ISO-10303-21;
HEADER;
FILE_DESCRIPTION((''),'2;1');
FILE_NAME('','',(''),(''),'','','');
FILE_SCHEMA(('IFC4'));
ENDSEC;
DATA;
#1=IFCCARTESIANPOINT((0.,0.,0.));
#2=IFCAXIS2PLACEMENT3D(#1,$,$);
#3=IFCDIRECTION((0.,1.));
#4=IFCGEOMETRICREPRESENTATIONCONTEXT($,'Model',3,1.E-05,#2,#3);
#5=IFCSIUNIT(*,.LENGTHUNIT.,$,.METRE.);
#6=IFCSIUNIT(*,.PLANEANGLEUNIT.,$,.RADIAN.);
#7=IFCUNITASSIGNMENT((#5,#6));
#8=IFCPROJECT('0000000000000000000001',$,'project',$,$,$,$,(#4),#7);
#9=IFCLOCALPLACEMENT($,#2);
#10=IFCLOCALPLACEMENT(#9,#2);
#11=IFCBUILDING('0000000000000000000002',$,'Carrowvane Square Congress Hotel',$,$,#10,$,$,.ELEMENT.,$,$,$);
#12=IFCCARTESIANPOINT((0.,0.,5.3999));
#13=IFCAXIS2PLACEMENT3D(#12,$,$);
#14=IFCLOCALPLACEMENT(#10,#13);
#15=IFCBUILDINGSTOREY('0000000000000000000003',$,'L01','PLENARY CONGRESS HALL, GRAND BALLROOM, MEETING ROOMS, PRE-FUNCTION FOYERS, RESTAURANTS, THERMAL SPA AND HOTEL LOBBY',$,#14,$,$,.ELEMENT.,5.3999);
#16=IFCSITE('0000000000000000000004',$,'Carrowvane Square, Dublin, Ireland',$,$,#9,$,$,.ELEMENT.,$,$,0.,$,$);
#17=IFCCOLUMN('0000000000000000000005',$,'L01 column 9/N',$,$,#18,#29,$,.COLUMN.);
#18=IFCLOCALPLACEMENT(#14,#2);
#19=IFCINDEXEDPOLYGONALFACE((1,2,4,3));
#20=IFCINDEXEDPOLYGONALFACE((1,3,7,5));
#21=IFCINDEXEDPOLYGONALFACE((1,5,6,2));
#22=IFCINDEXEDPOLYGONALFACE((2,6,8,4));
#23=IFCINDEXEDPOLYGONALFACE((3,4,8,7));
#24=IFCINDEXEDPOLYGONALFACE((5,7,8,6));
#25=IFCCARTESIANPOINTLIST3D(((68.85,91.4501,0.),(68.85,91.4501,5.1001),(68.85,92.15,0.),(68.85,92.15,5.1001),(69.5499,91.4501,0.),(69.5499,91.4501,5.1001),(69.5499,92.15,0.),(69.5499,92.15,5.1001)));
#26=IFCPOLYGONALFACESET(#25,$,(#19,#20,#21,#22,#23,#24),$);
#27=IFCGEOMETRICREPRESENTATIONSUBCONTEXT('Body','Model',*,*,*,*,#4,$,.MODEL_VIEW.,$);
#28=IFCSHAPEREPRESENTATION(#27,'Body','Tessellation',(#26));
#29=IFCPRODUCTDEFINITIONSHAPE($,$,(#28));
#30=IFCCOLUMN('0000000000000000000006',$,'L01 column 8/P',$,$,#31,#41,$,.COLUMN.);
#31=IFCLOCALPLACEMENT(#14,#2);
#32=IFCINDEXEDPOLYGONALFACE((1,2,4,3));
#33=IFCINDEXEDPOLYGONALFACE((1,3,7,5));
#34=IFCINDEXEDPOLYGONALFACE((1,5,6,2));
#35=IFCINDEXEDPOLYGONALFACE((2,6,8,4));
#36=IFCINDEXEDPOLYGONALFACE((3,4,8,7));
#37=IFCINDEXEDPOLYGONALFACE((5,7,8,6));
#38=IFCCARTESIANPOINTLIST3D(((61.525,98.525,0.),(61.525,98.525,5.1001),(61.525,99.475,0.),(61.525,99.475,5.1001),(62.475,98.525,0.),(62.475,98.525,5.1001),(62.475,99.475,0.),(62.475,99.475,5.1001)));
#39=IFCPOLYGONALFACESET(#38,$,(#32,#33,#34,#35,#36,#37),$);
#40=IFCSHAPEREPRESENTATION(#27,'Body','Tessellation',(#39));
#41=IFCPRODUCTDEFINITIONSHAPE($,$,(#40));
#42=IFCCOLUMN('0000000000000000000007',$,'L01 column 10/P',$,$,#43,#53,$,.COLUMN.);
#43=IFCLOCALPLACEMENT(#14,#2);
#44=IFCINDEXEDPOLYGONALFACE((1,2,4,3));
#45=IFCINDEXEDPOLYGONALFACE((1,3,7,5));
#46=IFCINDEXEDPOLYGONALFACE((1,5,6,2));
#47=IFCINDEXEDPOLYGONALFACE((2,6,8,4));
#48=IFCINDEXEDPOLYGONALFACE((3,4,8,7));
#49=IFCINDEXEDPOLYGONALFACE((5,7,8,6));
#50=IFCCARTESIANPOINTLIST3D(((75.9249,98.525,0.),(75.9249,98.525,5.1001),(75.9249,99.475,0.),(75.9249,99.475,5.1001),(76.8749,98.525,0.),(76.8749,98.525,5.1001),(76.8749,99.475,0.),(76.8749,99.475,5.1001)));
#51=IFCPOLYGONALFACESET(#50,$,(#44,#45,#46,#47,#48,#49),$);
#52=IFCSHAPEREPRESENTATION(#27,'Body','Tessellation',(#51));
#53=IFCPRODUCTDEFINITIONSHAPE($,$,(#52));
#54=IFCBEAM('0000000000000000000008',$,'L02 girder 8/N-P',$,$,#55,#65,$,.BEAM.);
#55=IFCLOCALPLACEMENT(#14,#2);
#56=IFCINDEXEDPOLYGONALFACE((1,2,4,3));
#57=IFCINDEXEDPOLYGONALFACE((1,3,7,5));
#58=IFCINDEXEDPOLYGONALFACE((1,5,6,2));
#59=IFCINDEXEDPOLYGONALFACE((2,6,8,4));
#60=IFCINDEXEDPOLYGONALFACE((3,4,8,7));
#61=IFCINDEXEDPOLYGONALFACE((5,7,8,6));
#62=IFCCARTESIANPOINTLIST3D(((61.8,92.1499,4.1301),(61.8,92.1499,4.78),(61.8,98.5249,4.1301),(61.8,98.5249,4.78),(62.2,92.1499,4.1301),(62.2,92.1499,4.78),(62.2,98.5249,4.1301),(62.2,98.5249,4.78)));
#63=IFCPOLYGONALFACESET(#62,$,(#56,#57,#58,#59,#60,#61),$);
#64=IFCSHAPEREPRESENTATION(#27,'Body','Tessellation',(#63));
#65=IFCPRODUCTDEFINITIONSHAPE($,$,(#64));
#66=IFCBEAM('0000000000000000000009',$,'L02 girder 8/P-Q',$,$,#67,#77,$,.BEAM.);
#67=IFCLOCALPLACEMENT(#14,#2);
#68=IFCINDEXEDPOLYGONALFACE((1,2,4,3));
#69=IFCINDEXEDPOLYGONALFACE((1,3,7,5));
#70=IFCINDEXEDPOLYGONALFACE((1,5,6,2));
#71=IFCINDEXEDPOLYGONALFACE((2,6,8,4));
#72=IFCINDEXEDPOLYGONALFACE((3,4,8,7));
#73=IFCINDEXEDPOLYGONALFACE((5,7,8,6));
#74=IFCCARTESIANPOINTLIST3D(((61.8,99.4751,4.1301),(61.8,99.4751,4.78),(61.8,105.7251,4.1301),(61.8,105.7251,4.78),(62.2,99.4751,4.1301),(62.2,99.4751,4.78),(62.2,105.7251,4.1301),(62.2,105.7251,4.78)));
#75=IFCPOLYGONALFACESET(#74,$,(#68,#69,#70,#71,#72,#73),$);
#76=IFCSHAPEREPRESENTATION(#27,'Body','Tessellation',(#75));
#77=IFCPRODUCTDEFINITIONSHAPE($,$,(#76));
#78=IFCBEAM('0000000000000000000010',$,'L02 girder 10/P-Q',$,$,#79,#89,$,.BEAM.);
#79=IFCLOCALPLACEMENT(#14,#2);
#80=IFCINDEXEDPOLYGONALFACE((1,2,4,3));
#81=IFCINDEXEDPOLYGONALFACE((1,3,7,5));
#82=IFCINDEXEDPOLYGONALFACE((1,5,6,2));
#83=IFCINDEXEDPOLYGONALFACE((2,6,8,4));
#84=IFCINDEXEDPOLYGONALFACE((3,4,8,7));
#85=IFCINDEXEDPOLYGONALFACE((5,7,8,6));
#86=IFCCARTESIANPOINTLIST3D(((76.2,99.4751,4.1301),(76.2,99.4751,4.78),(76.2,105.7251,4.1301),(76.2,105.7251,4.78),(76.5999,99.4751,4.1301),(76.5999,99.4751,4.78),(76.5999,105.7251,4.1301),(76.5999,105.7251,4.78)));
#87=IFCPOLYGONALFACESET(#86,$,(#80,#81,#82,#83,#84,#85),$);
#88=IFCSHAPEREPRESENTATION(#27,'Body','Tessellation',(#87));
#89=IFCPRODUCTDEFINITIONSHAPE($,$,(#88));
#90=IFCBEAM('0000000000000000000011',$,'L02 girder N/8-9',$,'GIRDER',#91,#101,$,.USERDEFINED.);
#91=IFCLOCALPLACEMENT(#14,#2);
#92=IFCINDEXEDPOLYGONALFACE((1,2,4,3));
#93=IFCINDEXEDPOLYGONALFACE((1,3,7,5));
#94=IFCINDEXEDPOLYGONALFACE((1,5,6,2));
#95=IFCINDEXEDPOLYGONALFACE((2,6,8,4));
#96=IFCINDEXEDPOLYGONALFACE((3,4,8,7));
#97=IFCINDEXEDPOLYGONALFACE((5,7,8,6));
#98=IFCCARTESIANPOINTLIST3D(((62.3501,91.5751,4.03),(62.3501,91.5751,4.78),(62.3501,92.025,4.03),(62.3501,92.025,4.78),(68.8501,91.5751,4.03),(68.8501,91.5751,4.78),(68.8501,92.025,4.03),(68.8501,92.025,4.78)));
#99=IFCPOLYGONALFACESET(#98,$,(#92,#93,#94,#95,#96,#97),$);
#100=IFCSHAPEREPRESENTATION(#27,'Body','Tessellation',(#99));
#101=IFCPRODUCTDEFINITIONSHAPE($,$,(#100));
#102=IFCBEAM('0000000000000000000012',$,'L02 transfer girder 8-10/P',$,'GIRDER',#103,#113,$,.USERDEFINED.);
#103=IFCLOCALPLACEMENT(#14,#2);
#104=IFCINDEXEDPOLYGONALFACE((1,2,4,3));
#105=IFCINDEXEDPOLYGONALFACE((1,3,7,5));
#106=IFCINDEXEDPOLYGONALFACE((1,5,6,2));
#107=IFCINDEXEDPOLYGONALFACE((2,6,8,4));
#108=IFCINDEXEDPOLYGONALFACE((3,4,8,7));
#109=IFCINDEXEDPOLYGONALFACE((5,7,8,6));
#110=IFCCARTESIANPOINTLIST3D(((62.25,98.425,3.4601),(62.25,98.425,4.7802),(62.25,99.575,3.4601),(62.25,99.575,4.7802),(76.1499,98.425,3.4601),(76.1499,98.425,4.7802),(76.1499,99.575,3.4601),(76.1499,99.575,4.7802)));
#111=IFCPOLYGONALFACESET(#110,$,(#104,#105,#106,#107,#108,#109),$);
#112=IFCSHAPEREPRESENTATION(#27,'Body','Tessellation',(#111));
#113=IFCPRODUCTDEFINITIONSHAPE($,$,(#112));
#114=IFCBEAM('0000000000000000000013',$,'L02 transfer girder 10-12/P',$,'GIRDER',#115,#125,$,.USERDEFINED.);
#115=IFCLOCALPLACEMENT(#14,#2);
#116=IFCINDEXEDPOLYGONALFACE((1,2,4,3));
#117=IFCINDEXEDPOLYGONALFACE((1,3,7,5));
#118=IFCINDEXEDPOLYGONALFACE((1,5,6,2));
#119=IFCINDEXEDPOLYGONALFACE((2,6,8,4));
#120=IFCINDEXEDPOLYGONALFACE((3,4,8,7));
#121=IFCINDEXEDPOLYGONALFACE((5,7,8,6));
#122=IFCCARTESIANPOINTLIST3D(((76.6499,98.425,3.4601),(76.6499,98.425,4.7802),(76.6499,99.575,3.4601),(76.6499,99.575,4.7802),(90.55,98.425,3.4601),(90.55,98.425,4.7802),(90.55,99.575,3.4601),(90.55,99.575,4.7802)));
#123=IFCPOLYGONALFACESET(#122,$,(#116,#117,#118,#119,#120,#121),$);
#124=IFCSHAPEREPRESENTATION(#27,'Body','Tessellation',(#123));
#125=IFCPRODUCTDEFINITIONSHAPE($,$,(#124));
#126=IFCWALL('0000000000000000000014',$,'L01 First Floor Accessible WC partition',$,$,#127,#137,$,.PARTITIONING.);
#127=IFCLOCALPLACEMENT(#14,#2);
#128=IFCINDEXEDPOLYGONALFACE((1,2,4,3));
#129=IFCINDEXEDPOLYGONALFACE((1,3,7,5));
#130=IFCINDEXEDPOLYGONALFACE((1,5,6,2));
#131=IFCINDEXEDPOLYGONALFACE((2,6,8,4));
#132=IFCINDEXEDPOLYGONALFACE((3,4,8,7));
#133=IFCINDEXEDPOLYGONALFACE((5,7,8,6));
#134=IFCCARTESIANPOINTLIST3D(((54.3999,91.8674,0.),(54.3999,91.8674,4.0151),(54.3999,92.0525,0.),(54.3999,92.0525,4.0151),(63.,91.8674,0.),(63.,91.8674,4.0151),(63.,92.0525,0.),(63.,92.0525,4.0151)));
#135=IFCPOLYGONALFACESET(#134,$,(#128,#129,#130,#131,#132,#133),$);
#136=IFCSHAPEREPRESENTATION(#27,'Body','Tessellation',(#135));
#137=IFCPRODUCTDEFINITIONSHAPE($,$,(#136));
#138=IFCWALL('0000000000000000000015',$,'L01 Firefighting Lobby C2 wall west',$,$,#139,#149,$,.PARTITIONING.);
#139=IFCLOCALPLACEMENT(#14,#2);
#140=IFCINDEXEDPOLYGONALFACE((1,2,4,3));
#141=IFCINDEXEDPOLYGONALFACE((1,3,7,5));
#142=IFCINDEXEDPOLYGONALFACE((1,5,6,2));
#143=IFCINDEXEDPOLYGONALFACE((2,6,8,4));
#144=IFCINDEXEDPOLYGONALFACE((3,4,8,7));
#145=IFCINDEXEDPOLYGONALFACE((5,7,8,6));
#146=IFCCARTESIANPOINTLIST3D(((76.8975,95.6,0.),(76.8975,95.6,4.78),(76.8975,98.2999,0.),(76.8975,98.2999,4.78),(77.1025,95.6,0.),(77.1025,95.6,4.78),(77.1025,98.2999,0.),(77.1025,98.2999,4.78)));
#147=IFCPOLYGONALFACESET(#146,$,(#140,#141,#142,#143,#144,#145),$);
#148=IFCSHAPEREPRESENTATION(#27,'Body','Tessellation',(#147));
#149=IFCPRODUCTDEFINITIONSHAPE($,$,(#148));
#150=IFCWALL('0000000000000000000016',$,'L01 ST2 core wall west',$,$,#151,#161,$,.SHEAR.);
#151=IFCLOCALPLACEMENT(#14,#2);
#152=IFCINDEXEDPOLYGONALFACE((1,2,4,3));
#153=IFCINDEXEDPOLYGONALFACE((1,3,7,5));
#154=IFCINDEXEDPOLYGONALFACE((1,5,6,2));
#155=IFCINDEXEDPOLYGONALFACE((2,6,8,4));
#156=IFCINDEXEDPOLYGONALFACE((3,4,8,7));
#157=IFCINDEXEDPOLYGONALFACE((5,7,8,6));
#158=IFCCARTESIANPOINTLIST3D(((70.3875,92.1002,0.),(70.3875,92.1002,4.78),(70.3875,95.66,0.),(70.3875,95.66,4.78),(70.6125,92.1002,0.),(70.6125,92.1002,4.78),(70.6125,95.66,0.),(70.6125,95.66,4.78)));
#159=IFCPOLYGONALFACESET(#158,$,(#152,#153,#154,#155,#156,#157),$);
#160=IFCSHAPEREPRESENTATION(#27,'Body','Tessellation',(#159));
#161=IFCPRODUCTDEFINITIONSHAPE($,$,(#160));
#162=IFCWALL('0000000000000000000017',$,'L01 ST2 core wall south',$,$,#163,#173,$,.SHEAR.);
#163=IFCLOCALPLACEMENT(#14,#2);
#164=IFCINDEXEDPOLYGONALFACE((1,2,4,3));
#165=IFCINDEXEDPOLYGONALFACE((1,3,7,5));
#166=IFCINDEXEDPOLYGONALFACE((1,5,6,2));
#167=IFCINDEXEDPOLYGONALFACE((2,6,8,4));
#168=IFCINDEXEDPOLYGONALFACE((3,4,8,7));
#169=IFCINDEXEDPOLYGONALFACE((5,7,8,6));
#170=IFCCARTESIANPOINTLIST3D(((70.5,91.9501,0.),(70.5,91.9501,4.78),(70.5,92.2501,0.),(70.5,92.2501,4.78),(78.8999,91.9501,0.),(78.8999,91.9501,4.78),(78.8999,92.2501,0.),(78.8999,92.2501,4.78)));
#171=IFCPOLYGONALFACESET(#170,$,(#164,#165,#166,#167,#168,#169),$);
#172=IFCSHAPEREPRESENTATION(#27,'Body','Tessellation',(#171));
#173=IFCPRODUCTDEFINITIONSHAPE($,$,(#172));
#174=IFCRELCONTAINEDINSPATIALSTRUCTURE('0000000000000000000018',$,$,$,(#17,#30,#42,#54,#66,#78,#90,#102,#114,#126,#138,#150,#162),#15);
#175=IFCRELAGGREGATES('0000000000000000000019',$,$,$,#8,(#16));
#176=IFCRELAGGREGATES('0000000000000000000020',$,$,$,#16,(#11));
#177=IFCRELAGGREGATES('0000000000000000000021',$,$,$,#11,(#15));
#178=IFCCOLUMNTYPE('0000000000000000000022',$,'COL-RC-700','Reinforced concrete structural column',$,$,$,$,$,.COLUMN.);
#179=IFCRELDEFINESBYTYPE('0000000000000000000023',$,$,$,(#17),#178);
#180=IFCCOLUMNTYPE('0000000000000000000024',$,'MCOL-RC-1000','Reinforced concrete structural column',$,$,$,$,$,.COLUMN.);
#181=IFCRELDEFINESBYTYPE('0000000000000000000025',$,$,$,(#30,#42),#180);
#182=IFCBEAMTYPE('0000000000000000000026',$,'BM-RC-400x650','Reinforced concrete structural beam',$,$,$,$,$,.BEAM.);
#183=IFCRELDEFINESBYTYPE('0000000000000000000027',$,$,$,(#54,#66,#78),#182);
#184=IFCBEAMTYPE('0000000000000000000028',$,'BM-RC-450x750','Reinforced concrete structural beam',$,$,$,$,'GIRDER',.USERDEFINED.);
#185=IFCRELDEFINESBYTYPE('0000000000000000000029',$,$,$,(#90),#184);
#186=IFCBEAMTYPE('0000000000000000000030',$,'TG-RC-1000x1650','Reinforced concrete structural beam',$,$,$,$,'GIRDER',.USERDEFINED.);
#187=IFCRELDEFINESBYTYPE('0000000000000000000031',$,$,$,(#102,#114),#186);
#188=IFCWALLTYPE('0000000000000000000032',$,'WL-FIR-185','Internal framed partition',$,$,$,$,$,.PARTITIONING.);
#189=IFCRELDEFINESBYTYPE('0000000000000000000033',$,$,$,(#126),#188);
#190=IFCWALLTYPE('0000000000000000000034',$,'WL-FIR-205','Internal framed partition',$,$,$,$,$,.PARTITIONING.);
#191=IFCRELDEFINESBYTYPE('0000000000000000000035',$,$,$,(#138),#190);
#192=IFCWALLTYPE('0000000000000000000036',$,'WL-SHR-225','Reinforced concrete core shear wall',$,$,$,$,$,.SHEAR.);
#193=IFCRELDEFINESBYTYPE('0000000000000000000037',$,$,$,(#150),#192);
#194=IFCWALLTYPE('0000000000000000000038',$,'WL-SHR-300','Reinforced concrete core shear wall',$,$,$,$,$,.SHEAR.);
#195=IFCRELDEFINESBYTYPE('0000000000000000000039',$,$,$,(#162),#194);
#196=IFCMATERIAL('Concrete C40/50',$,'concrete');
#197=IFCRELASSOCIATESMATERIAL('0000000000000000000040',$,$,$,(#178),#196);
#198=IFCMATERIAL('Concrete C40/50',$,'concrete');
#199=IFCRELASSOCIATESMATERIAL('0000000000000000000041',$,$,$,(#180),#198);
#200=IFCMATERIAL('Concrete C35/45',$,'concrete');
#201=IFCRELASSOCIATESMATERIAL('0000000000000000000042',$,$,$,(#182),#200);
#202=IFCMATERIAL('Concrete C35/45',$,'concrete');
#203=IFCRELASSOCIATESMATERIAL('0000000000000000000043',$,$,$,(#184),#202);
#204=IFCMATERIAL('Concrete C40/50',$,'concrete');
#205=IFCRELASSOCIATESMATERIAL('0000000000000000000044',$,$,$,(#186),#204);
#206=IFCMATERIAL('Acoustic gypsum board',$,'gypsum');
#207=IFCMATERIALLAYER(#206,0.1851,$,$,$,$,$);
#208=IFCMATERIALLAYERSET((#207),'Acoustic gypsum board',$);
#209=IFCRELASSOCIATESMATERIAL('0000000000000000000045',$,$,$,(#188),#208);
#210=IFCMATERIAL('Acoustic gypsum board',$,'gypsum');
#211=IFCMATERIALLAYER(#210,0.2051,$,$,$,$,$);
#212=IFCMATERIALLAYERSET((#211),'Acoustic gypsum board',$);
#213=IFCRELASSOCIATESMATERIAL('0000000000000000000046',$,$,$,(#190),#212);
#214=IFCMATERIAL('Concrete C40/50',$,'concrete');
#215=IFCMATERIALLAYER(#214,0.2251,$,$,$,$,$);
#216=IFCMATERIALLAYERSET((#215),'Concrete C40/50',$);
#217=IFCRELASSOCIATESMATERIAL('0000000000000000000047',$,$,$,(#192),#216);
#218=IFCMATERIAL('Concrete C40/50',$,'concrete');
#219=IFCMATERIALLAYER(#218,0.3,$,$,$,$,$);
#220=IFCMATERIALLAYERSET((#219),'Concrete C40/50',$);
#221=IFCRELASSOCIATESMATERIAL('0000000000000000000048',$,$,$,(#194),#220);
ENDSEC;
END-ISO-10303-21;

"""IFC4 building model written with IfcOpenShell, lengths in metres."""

from ifc_helpers import new_model, si_unit, direction, frame, frame_2d, origin, origin_2d, place, context, subcontext, project, spatial, rectangle, extrude, material, layer, layer_set, material_profile, profile_set, type_object, element, save


model = new_model("IFC4")

# Units and contexts
model_context = context("Model", 3, precision=1e-05, world=origin(), true_north=direction((0.0, 1.0)))
body_context = subcontext(model_context, "Body", "Model", "MODEL_VIEW")
ifc_project = project(units=[si_unit("LENGTHUNIT", "METRE"), si_unit("PLANEANGLEUNIT", "RADIAN")], contexts=[model_context])

# Site, building, storey
site_placement = place(None, origin())
site = spatial("IfcSite", under=ifc_project, at=site_placement, Name="Carrowvane Square, Dublin, Ireland", CompositionType="ELEMENT", RefElevation=0.0)
building_placement = place(site_placement, origin())
building = spatial("IfcBuilding", under=site, at=building_placement, Name="Carrowvane Square Congress Hotel", CompositionType="ELEMENT")
storey_placement = place(building_placement, frame((0.0, 0.0, 5.3999)))
storey = spatial("IfcBuildingStorey", under=building, at=storey_placement, Name="L01", Description="PLENARY CONGRESS HALL, GRAND BALLROOM, MEETING ROOMS, PRE-FUNCTION FOYERS, RESTAURANTS, THERMAL SPA AND HOTEL LOBBY", CompositionType="ELEMENT", Elevation=5.3999)

# Columns
ifc_material_1 = material(Name="Concrete C40/50", Category="concrete")
ifc_material_profile_1 = material_profile(ifc_material_1, rectangle(XDim=0.7, YDim=0.7, at=origin_2d()), Name="RC 700x700")
ifc_profile_set_1 = profile_set([ifc_material_profile_1], Name="Concrete C40/50")
column_type_1 = type_object("IfcColumnType", Name="COL-RC-700", Description="Reinforced concrete structural column", PredefinedType="COLUMN", material=ifc_profile_set_1)
column_placement = place(storey_placement, frame((69.2, 91.8, 0.0), z_axis=(0.0, 0.0, 1.0), x_axis=(1.0, 0.0, 0.0)))
element("IfcColumn", 1, at=column_placement, inside=storey, type_object=column_type_1, Name="L01 column 9/N", PredefinedType="COLUMN", context=body_context, shape_type="SweptSolid", body=[
    extrude(rectangle(XDim=0.7, YDim=0.7, at=origin_2d()), origin(), (0.0, 0.0, 1.0), 5.1001),
])
ifc_material_2 = material(Name="Concrete C40/50", Category="concrete")
ifc_material_profile_2 = material_profile(ifc_material_2, rectangle(XDim=0.95, YDim=0.95, at=origin_2d()), Name="RC 950x950")
ifc_profile_set_2 = profile_set([ifc_material_profile_2], Name="Concrete C40/50")
column_type_2 = type_object("IfcColumnType", Name="MCOL-RC-1000", Description="Reinforced concrete structural column", PredefinedType="COLUMN", material=ifc_profile_set_2)
for number, where, z_axis, x_axis, name in (
    (2, (62.0, 99.0, 0.0), (0.0, 0.0, 1.0), (1.0, 0.0, 0.0), "L01 column 8/P"),
    (3, (76.3999, 99.0, 0.0), (0.0, 0.0, 1.0), (1.0, 0.0, 0.0), "L01 column 10/P"),
):
    element("IfcColumn", number, at=place(storey_placement, frame(where, z_axis=z_axis, x_axis=x_axis)), inside=storey, type_object=column_type_2, Name=name, PredefinedType="COLUMN", context=body_context, shape_type="SweptSolid", body=[
        extrude(rectangle(XDim=0.95, YDim=0.95, at=origin_2d()), origin(), (0.0, 0.0, 1.0), 5.1001),
    ])

# Beams
ifc_material_3 = material(Name="Concrete C35/45", Category="concrete")
ifc_material_profile_3 = material_profile(ifc_material_3, rectangle(XDim=0.3999, YDim=0.6499, at=origin_2d()), Name="RC 400x650")
ifc_profile_set_3 = profile_set([ifc_material_profile_3], Name="Concrete C35/45")
beam_type_1 = type_object("IfcBeamType", Name="BM-RC-400x650", Description="Reinforced concrete structural beam", PredefinedType="BEAM", material=ifc_profile_set_3)
beam_1_placement = place(storey_placement, frame((62.0, 92.1499, 4.4551), z_axis=(0.0, 1.0, 0.0), x_axis=(-1.0, 0.0, 0.0)))
element("IfcBeam", 4, at=beam_1_placement, inside=storey, type_object=beam_type_1, Name="L02 girder 8/N-P", PredefinedType="BEAM", context=body_context, shape_type="SweptSolid", body=[
    extrude(rectangle(XDim=0.3999, YDim=0.6499, at=origin_2d()), origin(), (0.0, 0.0, 1.0), 6.375),
])
for number, where, z_axis, x_axis, name in (
    (5, (62.0, 99.4751, 4.4551), (0.0, 1.0, 0.0), (-1.0, 0.0, 0.0), "L02 girder 8/P-Q"),
    (6, (76.3999, 99.4751, 4.4551), (0.0, 1.0, 0.0), (-1.0, 0.0, 0.0), "L02 girder 10/P-Q"),
):
    element("IfcBeam", number, at=place(storey_placement, frame(where, z_axis=z_axis, x_axis=x_axis)), inside=storey, type_object=beam_type_1, Name=name, PredefinedType="BEAM", context=body_context, shape_type="SweptSolid", body=[
        extrude(rectangle(XDim=0.3999, YDim=0.6499, at=origin_2d()), origin(), (0.0, 0.0, 1.0), 6.25),
    ])
ifc_material_4 = material(Name="Concrete C35/45", Category="concrete")
ifc_material_profile_4 = material_profile(ifc_material_4, rectangle(XDim=0.45, YDim=0.75, at=origin_2d()), Name="RC 450x750")
ifc_profile_set_4 = profile_set([ifc_material_profile_4], Name="Concrete C35/45")
beam_type_2 = type_object("IfcBeamType", Name="BM-RC-450x750", Description="Reinforced concrete structural beam", ElementType="GIRDER", PredefinedType="USERDEFINED", material=ifc_profile_set_4)
beam_2_placement = place(storey_placement, frame((62.3501, 91.8, 4.405), z_axis=(1.0, 0.0, 0.0), x_axis=(0.0, 1.0, 0.0)))
element("IfcBeam", 7, at=beam_2_placement, inside=storey, type_object=beam_type_2, Name="L02 girder N/8-9", ObjectType="GIRDER", PredefinedType="USERDEFINED", context=body_context, shape_type="SweptSolid", body=[
    extrude(rectangle(XDim=0.45, YDim=0.75, at=origin_2d()), origin(), (0.0, 0.0, 1.0), 6.5),
])
ifc_material_5 = material(Name="Concrete C40/50", Category="concrete")
ifc_material_profile_5 = material_profile(ifc_material_5, rectangle(XDim=1.1499, YDim=1.3201, at=origin_2d()), Name="RC 1150x1320")
ifc_profile_set_5 = profile_set([ifc_material_profile_5], Name="Concrete C40/50")
beam_type_3 = type_object("IfcBeamType", Name="TG-RC-1000x1650", Description="Reinforced concrete structural beam", ElementType="GIRDER", PredefinedType="USERDEFINED", material=ifc_profile_set_5)
beam_3_placement = place(storey_placement, frame((62.25, 99.0, 4.1201), z_axis=(1.0, 0.0, 0.0), x_axis=(0.0, 1.0, 0.0)))
element("IfcBeam", 8, at=beam_3_placement, inside=storey, type_object=beam_type_3, Name="L02 transfer girder 8-10/P", ObjectType="GIRDER", PredefinedType="USERDEFINED", context=body_context, shape_type="SweptSolid", body=[
    extrude(rectangle(XDim=1.1499, YDim=1.3201, at=origin_2d()), origin(), (0.0, 0.0, 1.0), 13.8999),
])
beam_4_placement = place(storey_placement, frame((76.6499, 99.0, 4.1201), z_axis=(1.0, 0.0, 0.0), x_axis=(0.0, 1.0, 0.0)))
element("IfcBeam", 9, at=beam_4_placement, inside=storey, type_object=beam_type_3, Name="L02 transfer girder 10-12/P", ObjectType="GIRDER", PredefinedType="USERDEFINED", context=body_context, shape_type="SweptSolid", body=[
    extrude(rectangle(XDim=1.1499, YDim=1.3201, at=origin_2d()), origin(), (0.0, 0.0, 1.0), 13.9001),
])

# Walls
ifc_material_6 = material(Name="Acoustic gypsum board", Category="gypsum")
ifc_layer_1 = layer(ifc_material_6, 0.1851)
ifc_layer_set_1 = layer_set([ifc_layer_1], Name="Acoustic gypsum board")
wall_type_1 = type_object("IfcWallType", Name="WL-FIR-185", Description="Internal framed partition", PredefinedType="PARTITIONING", material=ifc_layer_set_1)
wall_1_placement = place(storey_placement, frame((63.0, 91.96, 0.0), z_axis=(0.0, 0.0, 1.0), x_axis=(-1.0, 0.0, 0.0)))
element("IfcWall", 10, at=wall_1_placement, inside=storey, type_object=wall_type_1, Name="L01 First Floor Accessible WC partition", PredefinedType="PARTITIONING", context=body_context, shape_type="SweptSolid", body=[
    extrude(rectangle(XDim=8.6001, YDim=0.1851, at=frame_2d((4.3, 0.0))), origin(), (0.0, 0.0, 1.0), 4.0151),
])
ifc_material_7 = material(Name="Acoustic gypsum board", Category="gypsum")
ifc_layer_2 = layer(ifc_material_7, 0.2051)
ifc_layer_set_2 = layer_set([ifc_layer_2], Name="Acoustic gypsum board")
wall_type_2 = type_object("IfcWallType", Name="WL-FIR-205", Description="Internal framed partition", PredefinedType="PARTITIONING", material=ifc_layer_set_2)
wall_2_placement = place(storey_placement, frame((77.0, 98.3, 0.0), z_axis=(0.0, 0.0, 1.0), x_axis=(0.0, -1.0, 0.0)))
element("IfcWall", 11, at=wall_2_placement, inside=storey, type_object=wall_type_2, Name="L01 Firefighting Lobby C2 wall west", PredefinedType="PARTITIONING", context=body_context, shape_type="SweptSolid", body=[
    extrude(rectangle(XDim=2.7, YDim=0.2051, at=frame_2d((1.3501, 0.0))), origin(), (0.0, 0.0, 1.0), 4.78),
])
ifc_material_8 = material(Name="Concrete C40/50", Category="concrete")
ifc_layer_3 = layer(ifc_material_8, 0.2251)
ifc_layer_set_3 = layer_set([ifc_layer_3], Name="Concrete C40/50")
wall_type_3 = type_object("IfcWallType", Name="WL-SHR-225", Description="Reinforced concrete core shear wall", PredefinedType="SHEAR", material=ifc_layer_set_3)
wall_3_placement = place(storey_placement, frame((70.5, 95.6599, 0.0), z_axis=(0.0, 0.0, 1.0), x_axis=(0.0, -1.0, 0.0)))
element("IfcWall", 12, at=wall_3_placement, inside=storey, type_object=wall_type_3, Name="L01 ST2 core wall west", PredefinedType="SHEAR", context=body_context, shape_type="SweptSolid", body=[
    extrude(rectangle(XDim=3.5598, YDim=0.2251, at=frame_2d((1.7798, 0.0))), origin(), (0.0, 0.0, 1.0), 4.78),
])
ifc_material_9 = material(Name="Concrete C40/50", Category="concrete")
ifc_layer_4 = layer(ifc_material_9, 0.3)
ifc_layer_set_4 = layer_set([ifc_layer_4], Name="Concrete C40/50")
wall_type_4 = type_object("IfcWallType", Name="WL-SHR-300", Description="Reinforced concrete core shear wall", PredefinedType="SHEAR", material=ifc_layer_set_4)
wall_4_placement = place(storey_placement, frame((70.5, 92.1001, 0.0), z_axis=(0.0, 0.0, 1.0), x_axis=(1.0, 0.0, 0.0)))
element("IfcWall", 13, at=wall_4_placement, inside=storey, type_object=wall_type_4, Name="L01 ST2 core wall south", PredefinedType="SHEAR", context=body_context, shape_type="SweptSolid", body=[
    extrude(rectangle(XDim=8.3999, YDim=0.3, at=frame_2d((4.2, 0.0))), origin(), (0.0, 0.0, 1.0), 4.78),
])

save(model, "model.ifc")
